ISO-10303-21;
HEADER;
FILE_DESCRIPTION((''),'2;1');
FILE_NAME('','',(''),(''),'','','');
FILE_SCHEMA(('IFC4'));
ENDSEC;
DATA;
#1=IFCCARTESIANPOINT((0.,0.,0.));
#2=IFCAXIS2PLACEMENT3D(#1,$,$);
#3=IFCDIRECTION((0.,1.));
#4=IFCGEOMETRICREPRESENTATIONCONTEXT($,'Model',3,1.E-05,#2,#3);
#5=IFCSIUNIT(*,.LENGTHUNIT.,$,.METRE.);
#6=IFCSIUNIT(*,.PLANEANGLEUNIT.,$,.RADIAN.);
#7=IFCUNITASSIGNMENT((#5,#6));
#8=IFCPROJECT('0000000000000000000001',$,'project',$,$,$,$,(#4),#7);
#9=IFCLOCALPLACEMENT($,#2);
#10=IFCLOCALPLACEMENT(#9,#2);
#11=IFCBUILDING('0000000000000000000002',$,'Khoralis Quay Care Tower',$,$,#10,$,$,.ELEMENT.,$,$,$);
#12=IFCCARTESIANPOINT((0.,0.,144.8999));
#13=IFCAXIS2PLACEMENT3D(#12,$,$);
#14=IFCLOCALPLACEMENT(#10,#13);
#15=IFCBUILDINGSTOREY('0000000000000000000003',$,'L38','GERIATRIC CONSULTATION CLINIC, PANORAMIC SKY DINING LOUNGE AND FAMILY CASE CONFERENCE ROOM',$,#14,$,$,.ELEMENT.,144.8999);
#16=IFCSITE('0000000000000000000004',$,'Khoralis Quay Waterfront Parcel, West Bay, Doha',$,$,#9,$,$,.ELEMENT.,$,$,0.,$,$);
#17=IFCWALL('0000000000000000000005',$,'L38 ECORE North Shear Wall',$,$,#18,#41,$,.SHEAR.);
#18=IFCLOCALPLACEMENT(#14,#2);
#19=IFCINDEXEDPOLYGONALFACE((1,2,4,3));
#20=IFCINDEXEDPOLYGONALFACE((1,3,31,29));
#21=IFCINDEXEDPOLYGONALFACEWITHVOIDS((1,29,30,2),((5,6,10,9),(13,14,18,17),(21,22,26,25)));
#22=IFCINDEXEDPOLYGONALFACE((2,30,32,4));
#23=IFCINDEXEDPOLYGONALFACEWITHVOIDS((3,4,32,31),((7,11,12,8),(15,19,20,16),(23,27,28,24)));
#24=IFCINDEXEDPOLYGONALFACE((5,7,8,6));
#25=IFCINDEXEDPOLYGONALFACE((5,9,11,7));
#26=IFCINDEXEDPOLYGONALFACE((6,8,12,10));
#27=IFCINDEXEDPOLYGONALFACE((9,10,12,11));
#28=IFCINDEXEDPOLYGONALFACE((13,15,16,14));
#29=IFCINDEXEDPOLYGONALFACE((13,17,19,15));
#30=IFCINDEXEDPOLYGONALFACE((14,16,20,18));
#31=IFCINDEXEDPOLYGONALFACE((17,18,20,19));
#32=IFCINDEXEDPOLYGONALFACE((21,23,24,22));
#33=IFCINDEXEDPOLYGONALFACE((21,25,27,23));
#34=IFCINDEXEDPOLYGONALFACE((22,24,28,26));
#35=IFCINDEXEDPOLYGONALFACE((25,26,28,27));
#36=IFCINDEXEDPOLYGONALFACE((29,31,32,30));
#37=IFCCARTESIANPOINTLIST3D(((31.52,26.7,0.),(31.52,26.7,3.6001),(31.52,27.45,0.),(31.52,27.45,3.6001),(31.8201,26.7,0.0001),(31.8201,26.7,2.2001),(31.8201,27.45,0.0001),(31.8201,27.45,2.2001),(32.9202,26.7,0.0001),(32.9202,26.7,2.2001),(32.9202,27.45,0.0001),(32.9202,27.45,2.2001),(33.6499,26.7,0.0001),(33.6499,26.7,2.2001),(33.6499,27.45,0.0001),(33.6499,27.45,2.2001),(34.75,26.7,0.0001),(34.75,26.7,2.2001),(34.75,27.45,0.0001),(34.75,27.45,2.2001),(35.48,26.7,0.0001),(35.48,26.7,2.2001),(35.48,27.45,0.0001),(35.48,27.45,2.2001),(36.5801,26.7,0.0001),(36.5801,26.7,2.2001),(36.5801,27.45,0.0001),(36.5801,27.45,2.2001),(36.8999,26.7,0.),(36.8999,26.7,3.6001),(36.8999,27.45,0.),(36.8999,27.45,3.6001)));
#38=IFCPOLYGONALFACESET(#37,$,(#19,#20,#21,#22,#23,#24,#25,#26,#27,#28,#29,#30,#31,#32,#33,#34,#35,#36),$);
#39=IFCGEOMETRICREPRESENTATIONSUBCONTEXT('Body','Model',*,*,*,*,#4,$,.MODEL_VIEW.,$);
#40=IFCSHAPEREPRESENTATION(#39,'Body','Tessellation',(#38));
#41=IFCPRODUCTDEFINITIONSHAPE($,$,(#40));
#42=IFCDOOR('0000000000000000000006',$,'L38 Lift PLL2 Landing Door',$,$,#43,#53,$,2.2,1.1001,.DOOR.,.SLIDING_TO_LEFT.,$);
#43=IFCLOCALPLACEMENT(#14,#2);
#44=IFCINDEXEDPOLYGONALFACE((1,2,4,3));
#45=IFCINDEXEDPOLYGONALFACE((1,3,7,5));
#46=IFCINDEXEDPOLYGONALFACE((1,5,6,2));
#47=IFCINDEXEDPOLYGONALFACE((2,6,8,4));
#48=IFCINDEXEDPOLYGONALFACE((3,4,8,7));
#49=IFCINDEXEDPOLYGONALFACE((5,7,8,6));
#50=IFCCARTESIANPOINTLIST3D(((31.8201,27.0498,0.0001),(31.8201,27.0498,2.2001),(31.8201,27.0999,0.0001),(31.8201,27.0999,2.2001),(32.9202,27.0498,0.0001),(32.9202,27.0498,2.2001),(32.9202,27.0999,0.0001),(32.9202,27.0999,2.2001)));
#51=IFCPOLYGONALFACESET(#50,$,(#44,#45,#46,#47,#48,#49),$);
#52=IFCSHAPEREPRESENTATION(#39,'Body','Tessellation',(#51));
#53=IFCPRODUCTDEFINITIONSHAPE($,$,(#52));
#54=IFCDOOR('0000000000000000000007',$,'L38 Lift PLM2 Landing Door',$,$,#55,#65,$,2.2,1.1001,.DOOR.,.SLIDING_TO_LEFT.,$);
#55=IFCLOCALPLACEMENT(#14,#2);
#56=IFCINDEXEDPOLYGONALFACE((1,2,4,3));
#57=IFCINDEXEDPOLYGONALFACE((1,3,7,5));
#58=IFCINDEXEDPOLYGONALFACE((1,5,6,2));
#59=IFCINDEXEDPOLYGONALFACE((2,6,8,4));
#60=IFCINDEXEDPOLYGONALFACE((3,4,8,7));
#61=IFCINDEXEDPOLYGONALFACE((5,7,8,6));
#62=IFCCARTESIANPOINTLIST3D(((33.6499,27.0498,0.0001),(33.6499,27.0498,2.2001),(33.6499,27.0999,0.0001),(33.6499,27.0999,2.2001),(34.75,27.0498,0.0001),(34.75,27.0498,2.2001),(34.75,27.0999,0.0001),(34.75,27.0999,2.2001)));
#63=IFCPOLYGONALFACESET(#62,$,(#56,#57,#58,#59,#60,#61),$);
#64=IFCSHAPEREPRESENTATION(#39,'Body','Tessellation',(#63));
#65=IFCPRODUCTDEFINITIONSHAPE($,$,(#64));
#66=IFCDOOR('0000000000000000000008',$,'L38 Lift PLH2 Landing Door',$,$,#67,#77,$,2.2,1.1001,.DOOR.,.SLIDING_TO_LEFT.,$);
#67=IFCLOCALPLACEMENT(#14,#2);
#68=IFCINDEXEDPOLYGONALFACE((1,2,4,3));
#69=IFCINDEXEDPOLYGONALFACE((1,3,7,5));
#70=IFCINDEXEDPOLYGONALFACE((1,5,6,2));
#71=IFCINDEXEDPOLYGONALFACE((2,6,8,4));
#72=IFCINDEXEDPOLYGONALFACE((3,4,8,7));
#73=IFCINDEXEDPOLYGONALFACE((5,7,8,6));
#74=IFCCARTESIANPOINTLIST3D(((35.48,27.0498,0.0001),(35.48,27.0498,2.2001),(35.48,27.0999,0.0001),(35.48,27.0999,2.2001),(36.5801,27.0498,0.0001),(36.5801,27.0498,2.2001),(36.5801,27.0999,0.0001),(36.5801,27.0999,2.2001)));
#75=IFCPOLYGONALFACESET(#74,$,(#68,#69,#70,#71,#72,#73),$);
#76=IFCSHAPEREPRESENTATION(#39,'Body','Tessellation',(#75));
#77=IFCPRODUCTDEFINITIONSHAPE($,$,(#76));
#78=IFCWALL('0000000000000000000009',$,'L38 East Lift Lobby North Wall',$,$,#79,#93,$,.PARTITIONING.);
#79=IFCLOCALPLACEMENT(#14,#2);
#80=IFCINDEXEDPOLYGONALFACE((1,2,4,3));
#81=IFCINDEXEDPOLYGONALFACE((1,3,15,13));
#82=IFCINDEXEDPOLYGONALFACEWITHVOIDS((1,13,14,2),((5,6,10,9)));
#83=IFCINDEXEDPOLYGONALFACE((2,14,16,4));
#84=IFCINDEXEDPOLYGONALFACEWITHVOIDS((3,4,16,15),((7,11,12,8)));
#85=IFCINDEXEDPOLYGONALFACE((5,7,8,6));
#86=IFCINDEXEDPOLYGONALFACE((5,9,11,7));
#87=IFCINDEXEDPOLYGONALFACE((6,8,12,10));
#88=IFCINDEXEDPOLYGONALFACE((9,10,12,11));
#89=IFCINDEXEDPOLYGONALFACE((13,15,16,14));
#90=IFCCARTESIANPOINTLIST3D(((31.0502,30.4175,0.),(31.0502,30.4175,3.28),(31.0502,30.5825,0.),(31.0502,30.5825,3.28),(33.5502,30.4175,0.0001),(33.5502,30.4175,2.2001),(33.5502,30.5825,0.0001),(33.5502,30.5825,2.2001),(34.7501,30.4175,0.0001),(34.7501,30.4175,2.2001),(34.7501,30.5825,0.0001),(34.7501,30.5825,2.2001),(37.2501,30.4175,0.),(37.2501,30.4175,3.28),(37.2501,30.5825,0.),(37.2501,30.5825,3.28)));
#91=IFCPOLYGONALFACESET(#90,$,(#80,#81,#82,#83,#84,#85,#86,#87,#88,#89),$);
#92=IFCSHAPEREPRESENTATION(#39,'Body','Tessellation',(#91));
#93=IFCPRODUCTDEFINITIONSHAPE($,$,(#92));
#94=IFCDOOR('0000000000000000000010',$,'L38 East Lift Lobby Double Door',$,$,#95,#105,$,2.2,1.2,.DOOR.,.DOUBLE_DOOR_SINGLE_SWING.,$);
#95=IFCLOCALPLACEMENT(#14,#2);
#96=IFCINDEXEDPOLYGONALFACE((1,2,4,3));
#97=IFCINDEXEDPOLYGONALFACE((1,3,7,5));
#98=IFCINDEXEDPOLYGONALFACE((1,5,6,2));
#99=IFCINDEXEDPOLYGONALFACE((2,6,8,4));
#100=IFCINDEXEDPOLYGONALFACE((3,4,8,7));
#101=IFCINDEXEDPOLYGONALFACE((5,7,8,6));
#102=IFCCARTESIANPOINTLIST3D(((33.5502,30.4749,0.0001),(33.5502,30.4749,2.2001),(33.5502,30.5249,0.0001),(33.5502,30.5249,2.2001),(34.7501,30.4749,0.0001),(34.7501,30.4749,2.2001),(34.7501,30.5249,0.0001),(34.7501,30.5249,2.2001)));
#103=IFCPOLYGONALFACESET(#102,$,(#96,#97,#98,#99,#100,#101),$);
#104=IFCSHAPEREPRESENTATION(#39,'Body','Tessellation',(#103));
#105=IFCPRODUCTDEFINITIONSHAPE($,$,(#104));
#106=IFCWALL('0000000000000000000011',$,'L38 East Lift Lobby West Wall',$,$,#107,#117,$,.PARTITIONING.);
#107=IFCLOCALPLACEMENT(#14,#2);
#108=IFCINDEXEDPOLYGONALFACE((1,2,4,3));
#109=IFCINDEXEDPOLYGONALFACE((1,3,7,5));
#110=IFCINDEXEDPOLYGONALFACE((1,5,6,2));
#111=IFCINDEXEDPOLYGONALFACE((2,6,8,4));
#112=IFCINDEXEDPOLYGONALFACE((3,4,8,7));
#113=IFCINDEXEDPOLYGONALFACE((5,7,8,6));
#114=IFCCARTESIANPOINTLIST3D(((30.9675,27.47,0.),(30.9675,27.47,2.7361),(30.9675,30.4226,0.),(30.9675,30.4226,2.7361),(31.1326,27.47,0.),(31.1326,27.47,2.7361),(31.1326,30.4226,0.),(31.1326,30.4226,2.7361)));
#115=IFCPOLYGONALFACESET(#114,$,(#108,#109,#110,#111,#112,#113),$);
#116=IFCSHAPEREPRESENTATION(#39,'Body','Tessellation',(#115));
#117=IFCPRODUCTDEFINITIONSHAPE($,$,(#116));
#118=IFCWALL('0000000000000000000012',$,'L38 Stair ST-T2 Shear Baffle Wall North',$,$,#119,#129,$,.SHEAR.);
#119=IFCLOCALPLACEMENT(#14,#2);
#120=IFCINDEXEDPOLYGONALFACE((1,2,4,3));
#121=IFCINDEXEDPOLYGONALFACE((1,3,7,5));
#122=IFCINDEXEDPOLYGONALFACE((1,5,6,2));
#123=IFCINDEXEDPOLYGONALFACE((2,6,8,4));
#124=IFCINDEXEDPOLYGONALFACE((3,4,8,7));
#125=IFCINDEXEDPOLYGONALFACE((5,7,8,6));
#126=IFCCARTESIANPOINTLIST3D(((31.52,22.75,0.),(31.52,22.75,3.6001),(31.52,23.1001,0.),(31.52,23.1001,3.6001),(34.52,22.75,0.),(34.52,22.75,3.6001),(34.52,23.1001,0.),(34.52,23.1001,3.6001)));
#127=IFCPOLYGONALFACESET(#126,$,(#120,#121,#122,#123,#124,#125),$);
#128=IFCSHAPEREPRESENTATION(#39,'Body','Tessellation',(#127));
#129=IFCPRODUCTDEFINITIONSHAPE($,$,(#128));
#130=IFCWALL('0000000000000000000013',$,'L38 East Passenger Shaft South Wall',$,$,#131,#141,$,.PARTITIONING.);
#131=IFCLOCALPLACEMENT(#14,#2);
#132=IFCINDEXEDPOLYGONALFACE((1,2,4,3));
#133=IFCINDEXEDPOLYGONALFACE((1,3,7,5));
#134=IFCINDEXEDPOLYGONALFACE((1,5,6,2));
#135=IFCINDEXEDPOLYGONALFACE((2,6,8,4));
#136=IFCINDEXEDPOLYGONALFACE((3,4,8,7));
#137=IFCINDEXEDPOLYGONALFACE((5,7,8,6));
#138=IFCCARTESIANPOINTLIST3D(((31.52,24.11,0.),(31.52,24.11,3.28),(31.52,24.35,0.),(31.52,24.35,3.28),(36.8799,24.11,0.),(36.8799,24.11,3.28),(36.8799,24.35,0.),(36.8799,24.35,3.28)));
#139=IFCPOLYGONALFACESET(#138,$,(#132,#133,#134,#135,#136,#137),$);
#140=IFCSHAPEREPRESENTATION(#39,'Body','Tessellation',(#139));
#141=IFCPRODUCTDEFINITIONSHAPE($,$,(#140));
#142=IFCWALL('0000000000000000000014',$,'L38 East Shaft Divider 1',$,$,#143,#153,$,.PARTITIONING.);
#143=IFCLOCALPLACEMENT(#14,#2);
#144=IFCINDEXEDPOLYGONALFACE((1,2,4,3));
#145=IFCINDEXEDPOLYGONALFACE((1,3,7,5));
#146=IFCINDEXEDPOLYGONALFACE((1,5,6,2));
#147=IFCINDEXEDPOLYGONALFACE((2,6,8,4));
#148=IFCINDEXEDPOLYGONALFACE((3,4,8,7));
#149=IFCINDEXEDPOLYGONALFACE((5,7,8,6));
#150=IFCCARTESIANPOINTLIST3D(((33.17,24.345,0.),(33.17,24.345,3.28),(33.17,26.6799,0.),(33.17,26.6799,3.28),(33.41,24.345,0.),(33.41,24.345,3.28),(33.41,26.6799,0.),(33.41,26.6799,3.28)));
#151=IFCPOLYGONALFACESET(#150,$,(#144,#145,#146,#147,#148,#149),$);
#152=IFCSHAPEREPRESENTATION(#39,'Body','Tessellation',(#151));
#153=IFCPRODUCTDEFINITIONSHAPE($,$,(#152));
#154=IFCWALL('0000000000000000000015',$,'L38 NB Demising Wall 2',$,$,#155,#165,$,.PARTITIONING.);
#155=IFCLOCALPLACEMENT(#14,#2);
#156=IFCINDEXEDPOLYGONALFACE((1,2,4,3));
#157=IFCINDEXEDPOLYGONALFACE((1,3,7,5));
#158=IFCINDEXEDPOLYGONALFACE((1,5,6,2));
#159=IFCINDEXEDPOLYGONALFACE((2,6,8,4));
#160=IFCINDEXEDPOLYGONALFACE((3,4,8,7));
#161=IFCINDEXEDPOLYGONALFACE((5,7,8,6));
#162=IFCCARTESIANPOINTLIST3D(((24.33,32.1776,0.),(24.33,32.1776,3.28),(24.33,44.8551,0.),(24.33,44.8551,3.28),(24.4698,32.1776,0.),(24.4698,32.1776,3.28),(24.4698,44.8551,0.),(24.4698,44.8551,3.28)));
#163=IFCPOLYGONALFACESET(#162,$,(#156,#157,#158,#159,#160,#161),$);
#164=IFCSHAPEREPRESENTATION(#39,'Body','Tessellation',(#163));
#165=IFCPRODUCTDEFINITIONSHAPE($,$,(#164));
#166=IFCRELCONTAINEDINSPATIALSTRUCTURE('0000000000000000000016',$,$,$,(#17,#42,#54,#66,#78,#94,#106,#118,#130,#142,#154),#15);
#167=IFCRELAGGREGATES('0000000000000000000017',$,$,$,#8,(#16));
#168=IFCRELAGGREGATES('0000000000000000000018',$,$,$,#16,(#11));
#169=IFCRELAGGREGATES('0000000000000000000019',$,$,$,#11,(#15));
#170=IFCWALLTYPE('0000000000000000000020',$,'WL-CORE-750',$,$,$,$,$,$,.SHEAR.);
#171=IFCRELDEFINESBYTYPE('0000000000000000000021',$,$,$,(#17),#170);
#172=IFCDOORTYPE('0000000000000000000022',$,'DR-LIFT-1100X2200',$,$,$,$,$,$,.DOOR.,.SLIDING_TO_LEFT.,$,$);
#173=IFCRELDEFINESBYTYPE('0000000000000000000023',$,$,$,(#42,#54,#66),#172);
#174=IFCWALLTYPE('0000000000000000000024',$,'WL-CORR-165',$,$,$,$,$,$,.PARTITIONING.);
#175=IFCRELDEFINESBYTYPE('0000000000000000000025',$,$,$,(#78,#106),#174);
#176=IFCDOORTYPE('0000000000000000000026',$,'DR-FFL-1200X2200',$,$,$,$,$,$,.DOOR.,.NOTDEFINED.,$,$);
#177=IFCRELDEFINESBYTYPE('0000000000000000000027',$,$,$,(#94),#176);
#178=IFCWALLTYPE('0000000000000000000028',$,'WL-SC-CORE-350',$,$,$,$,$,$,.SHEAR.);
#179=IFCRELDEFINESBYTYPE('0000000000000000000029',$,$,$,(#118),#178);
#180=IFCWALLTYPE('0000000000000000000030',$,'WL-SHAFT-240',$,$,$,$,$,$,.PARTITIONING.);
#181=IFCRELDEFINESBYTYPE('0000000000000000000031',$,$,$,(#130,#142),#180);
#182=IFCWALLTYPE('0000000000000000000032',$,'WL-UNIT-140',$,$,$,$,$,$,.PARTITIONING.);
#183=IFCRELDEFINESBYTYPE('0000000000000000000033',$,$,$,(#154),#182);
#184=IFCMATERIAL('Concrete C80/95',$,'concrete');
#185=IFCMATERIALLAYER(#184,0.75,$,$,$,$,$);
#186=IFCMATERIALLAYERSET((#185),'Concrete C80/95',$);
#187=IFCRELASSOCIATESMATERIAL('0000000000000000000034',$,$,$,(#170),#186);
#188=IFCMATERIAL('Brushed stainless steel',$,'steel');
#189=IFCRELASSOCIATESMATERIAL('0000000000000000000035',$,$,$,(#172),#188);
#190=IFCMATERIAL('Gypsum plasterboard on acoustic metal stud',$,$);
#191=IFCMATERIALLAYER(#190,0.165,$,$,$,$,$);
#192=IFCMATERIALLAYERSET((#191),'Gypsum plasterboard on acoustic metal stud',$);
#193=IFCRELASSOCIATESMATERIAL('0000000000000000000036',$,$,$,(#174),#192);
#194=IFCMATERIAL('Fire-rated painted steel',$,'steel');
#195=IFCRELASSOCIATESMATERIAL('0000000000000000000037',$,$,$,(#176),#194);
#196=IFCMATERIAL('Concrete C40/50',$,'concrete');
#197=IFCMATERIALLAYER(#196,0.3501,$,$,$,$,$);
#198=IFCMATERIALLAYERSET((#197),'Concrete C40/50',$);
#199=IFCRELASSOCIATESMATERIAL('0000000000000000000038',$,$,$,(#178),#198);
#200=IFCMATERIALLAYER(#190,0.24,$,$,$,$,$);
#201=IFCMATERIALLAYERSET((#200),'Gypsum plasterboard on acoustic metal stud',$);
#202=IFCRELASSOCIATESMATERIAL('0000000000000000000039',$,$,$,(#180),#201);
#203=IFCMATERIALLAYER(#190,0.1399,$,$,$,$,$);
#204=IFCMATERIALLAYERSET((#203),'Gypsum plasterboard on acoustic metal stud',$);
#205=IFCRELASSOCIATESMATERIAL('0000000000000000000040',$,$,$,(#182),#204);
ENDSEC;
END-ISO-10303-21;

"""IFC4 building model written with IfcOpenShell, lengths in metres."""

from ifc_helpers import new_model, si_unit, direction, frame, frame_2d, origin, place, context, subcontext, project, spatial, rectangle, extrude, source, transform, mapped, material, layer, layer_set, type_object, element, fill, save


model = new_model("IFC4")

# Units and contexts
model_context = context("Model", 3, precision=1e-05, world=origin(), true_north=direction((0.0, 1.0)))
body_context = subcontext(model_context, "Body", "Model", "MODEL_VIEW")
ifc_project = project(units=[si_unit("LENGTHUNIT", "METRE"), si_unit("PLANEANGLEUNIT", "RADIAN")], contexts=[model_context])

# Site, building, storey
site_placement = place(None, origin())
site = spatial("IfcSite", under=ifc_project, at=site_placement, Name="Khoralis Quay Waterfront Parcel, West Bay, Doha", CompositionType="ELEMENT", RefElevation=0.0)
building_placement = place(site_placement, origin())
building = spatial("IfcBuilding", under=site, at=building_placement, Name="Khoralis Quay Care Tower", CompositionType="ELEMENT")
storey_placement = place(building_placement, frame((0.0, 0.0, 144.8999)))
storey = spatial("IfcBuildingStorey", under=building, at=storey_placement, Name="L38", Description="GERIATRIC CONSULTATION CLINIC, PANORAMIC SKY DINING LOUNGE AND FAMILY CASE CONFERENCE ROOM", CompositionType="ELEMENT", Elevation=144.8999)

# Wall, openings, doors
ifc_material_1 = material(Name="Concrete C80/95", Category="concrete")
ifc_layer_1 = layer(ifc_material_1, 0.75)
ifc_layer_set_1 = layer_set([ifc_layer_1], Name="Concrete C80/95")
wall_type_1 = type_object("IfcWallType", Name="WL-CORE-750", PredefinedType="SHEAR", material=ifc_layer_set_1)
wall_1_placement = place(storey_placement, frame((31.52, 27.075, 0.0), z_axis=(0.0, 0.0, 1.0), x_axis=(1.0, 0.0, 0.0)))
wall_1 = element("IfcWall", 1, at=wall_1_placement, inside=storey, type_object=wall_type_1, Name="L38 ECORE North Shear Wall", PredefinedType="SHEAR", context=body_context, shape_type="SweptSolid", body=[
    extrude(rectangle(XDim=5.3799, YDim=0.75, at=frame_2d((2.6899, 0.0))), origin(), (0.0, 0.0, 1.0), 3.6001),
])
opening_1_placement = place(wall_1_placement, frame((0.3, 0.0, 0.0)))
opening_1 = element("IfcOpeningElement", 2, at=opening_1_placement, cuts=wall_1, PredefinedType="OPENING", context=body_context, shape_type="SweptSolid", body=[
    extrude(rectangle(XDim=1.1001, YDim=2.2, at=frame_2d((0.55, 1.1001))), frame((0.0, 0.385, 0.0), z_axis=(0.0, -1.0, 0.0), x_axis=(1.0, 0.0, 0.0)), (0.0, 0.0, 1.0), 0.77),
])
opening_2_placement = place(wall_1_placement, frame((2.1299, 0.0, 0.0)))
opening_2 = element("IfcOpeningElement", 3, at=opening_2_placement, cuts=wall_1, PredefinedType="OPENING", context=body_context, shape_type="SweptSolid", body=[
    extrude(rectangle(XDim=1.1001, YDim=2.2, at=frame_2d((0.55, 1.1001))), frame((0.0, 0.385, 0.0), z_axis=(0.0, -1.0, 0.0), x_axis=(1.0, 0.0, 0.0)), (0.0, 0.0, 1.0), 0.77),
])
opening_3_placement = place(wall_1_placement, frame((3.96, 0.0, 0.0)))
opening_3 = element("IfcOpeningElement", 4, at=opening_3_placement, cuts=wall_1, PredefinedType="OPENING", context=body_context, shape_type="SweptSolid", body=[
    extrude(rectangle(XDim=1.1001, YDim=2.2, at=frame_2d((0.55, 1.1001))), frame((0.0, 0.385, 0.0), z_axis=(0.0, -1.0, 0.0), x_axis=(1.0, 0.0, 0.0)), (0.0, 0.0, 1.0), 0.77),
])
ifc_material_2 = material(Name="Brushed stainless steel", Category="steel")
door_type_1 = type_object("IfcDoorType", Name="DR-LIFT-1100X2200", OperationType="SLIDING_TO_LEFT", PredefinedType="DOOR", material=ifc_material_2)
shared_shape_1 = source(origin(), body_context, "Body", "SweptSolid", [
    extrude(rectangle(XDim=1.1001, YDim=2.2, at=frame_2d((0.55, 1.1001))), frame((0.0, 0.0249, 0.0), z_axis=(0.0, -1.0, 0.0), x_axis=(1.0, 0.0, 0.0)), (0.0, 0.0, 1.0), 0.05),
])
door_1_placement = place(opening_1_placement, origin())
door_1 = element("IfcDoor", 5, at=door_1_placement, inside=storey, type_object=door_type_1, Name="L38 Lift PLL2 Landing Door", OperationType="SLIDING_TO_LEFT", OverallHeight=2.2, OverallWidth=1.1001, PredefinedType="DOOR", context=body_context, shape_type="MappedRepresentation", body=[
    mapped(shared_shape_1, transform((0.0, 0.0, 0.0), scale=1.0)),
])
fill(opening_1, door_1)
door_2_placement = place(opening_2_placement, origin())
door_2 = element("IfcDoor", 6, at=door_2_placement, inside=storey, type_object=door_type_1, Name="L38 Lift PLM2 Landing Door", OperationType="SLIDING_TO_LEFT", OverallHeight=2.2, OverallWidth=1.1001, PredefinedType="DOOR", context=body_context, shape_type="MappedRepresentation", body=[
    mapped(shared_shape_1, transform((0.0, 0.0, 0.0), scale=1.0)),
])
fill(opening_2, door_2)
door_3_placement = place(opening_3_placement, origin())
door_3 = element("IfcDoor", 7, at=door_3_placement, inside=storey, type_object=door_type_1, Name="L38 Lift PLH2 Landing Door", OperationType="SLIDING_TO_LEFT", OverallHeight=2.2, OverallWidth=1.1001, PredefinedType="DOOR", context=body_context, shape_type="MappedRepresentation", body=[
    mapped(shared_shape_1, transform((0.0, 0.0, 0.0), scale=1.0)),
])
fill(opening_3, door_3)

# Wall, opening, door
ifc_material_3 = material(Name="Gypsum plasterboard on acoustic metal stud")
ifc_layer_2 = layer(ifc_material_3, 0.165)
ifc_layer_set_2 = layer_set([ifc_layer_2], Name="Gypsum plasterboard on acoustic metal stud")
wall_type_2 = type_object("IfcWallType", Name="WL-CORR-165", PredefinedType="PARTITIONING", material=ifc_layer_set_2)
wall_2_placement = place(storey_placement, frame((31.05, 30.5, 0.0), z_axis=(0.0, 0.0, 1.0), x_axis=(1.0, 0.0, 0.0)))
wall_2 = element("IfcWall", 8, at=wall_2_placement, inside=storey, type_object=wall_type_2, Name="L38 East Lift Lobby North Wall", PredefinedType="PARTITIONING", context=body_context, shape_type="SweptSolid", body=[
    extrude(rectangle(XDim=6.2, YDim=0.165, at=frame_2d((3.1001, 0.0))), origin(), (0.0, 0.0, 1.0), 3.28),
])
opening_4_placement = place(wall_2_placement, frame((2.5, 0.0, 0.0)))
opening_4 = element("IfcOpeningElement", 9, at=opening_4_placement, cuts=wall_2, PredefinedType="OPENING", context=body_context, shape_type="SweptSolid", body=[
    extrude(rectangle(XDim=1.2, YDim=2.2, at=frame_2d((0.6001, 1.1001))), frame((0.0, 0.0925, 0.0), z_axis=(0.0, -1.0, 0.0), x_axis=(1.0, 0.0, 0.0)), (0.0, 0.0, 1.0), 0.1851),
])
ifc_material_4 = material(Name="Fire-rated painted steel", Category="steel")
door_type_2 = type_object("IfcDoorType", Name="DR-FFL-1200X2200", OperationType="NOTDEFINED", PredefinedType="DOOR", material=ifc_material_4)
shared_shape_2 = source(origin(), body_context, "Body", "SweptSolid", [
    extrude(rectangle(XDim=1.2, YDim=2.2, at=frame_2d((0.6001, 1.1001))), frame((0.0, 0.0249, 0.0), z_axis=(0.0, -1.0, 0.0), x_axis=(1.0, 0.0, 0.0)), (0.0, 0.0, 1.0), 0.05),
])
door_4_placement = place(opening_4_placement, origin())
door_4 = element("IfcDoor", 10, at=door_4_placement, inside=storey, type_object=door_type_2, Name="L38 East Lift Lobby Double Door", OperationType="DOUBLE_DOOR_SINGLE_SWING", OverallHeight=2.2, OverallWidth=1.2, PredefinedType="DOOR", context=body_context, shape_type="MappedRepresentation", body=[
    mapped(shared_shape_2, transform((0.0, 0.0, 0.0), scale=1.0)),
])
fill(opening_4, door_4)

# Walls
wall_3_placement = place(storey_placement, frame((31.05, 27.47, 0.0), z_axis=(0.0, 0.0, 1.0), x_axis=(0.0, 1.0, 0.0)))
element("IfcWall", 11, at=wall_3_placement, inside=storey, type_object=wall_type_2, Name="L38 East Lift Lobby West Wall", PredefinedType="PARTITIONING", context=body_context, shape_type="SweptSolid", body=[
    extrude(rectangle(XDim=2.9526, YDim=0.165, at=frame_2d((1.4763, 0.0))), origin(), (0.0, 0.0, 1.0), 2.7361),
])
ifc_material_5 = material(Name="Concrete C40/50", Category="concrete")
ifc_layer_3 = layer(ifc_material_5, 0.3501)
ifc_layer_set_3 = layer_set([ifc_layer_3], Name="Concrete C40/50")
wall_type_3 = type_object("IfcWallType", Name="WL-SC-CORE-350", PredefinedType="SHEAR", material=ifc_layer_set_3)
wall_4_placement = place(storey_placement, frame((31.52, 22.925, 0.0), z_axis=(0.0, 0.0, 1.0), x_axis=(1.0, 0.0, 0.0)))
element("IfcWall", 12, at=wall_4_placement, inside=storey, type_object=wall_type_3, Name="L38 Stair ST-T2 Shear Baffle Wall North", PredefinedType="SHEAR", context=body_context, shape_type="SweptSolid", body=[
    extrude(rectangle(XDim=3.0, YDim=0.3501, at=frame_2d((1.5, 0.0))), origin(), (0.0, 0.0, 1.0), 3.6001),
])
ifc_layer_4 = layer(ifc_material_3, 0.24)
ifc_layer_set_4 = layer_set([ifc_layer_4], Name="Gypsum plasterboard on acoustic metal stud")
wall_type_4 = type_object("IfcWallType", Name="WL-SHAFT-240", PredefinedType="PARTITIONING", material=ifc_layer_set_4)
wall_5_placement = place(storey_placement, frame((31.52, 24.23, 0.0), z_axis=(0.0, 0.0, 1.0), x_axis=(1.0, 0.0, 0.0)))
element("IfcWall", 13, at=wall_5_placement, inside=storey, type_object=wall_type_4, Name="L38 East Passenger Shaft South Wall", PredefinedType="PARTITIONING", context=body_context, shape_type="SweptSolid", body=[
    extrude(rectangle(XDim=5.3599, YDim=0.24, at=frame_2d((2.6799, 0.0))), origin(), (0.0, 0.0, 1.0), 3.28),
])
wall_6_placement = place(storey_placement, frame((33.29, 24.345, 0.0), z_axis=(0.0, 0.0, 1.0), x_axis=(0.0, 1.0, 0.0)))
element("IfcWall", 14, at=wall_6_placement, inside=storey, type_object=wall_type_4, Name="L38 East Shaft Divider 1", PredefinedType="PARTITIONING", context=body_context, shape_type="SweptSolid", body=[
    extrude(rectangle(XDim=2.335, YDim=0.24, at=frame_2d((1.1675, 0.0))), origin(), (0.0, 0.0, 1.0), 3.28),
])
ifc_layer_5 = layer(ifc_material_3, 0.1399)
ifc_layer_set_5 = layer_set([ifc_layer_5], Name="Gypsum plasterboard on acoustic metal stud")
wall_type_5 = type_object("IfcWallType", Name="WL-UNIT-140", PredefinedType="PARTITIONING", material=ifc_layer_set_5)
for number, where, z_axis, x_axis, name in (
    (15, (24.3999, 32.1775, 0.0), (0.0, 0.0, 1.0), (0.0, 1.0, 0.0), "L38 NB Demising Wall 2"),
):
    element("IfcWall", number, at=place(storey_placement, frame(where, z_axis=z_axis, x_axis=x_axis)), inside=storey, type_object=wall_type_5, Name=name, PredefinedType="PARTITIONING", context=body_context, shape_type="SweptSolid", body=[
        extrude(rectangle(XDim=12.6775, YDim=0.1399, at=frame_2d((6.3389, 0.0))), origin(), (0.0, 0.0, 1.0), 3.28),
    ])

save(model, "model.ifc")
